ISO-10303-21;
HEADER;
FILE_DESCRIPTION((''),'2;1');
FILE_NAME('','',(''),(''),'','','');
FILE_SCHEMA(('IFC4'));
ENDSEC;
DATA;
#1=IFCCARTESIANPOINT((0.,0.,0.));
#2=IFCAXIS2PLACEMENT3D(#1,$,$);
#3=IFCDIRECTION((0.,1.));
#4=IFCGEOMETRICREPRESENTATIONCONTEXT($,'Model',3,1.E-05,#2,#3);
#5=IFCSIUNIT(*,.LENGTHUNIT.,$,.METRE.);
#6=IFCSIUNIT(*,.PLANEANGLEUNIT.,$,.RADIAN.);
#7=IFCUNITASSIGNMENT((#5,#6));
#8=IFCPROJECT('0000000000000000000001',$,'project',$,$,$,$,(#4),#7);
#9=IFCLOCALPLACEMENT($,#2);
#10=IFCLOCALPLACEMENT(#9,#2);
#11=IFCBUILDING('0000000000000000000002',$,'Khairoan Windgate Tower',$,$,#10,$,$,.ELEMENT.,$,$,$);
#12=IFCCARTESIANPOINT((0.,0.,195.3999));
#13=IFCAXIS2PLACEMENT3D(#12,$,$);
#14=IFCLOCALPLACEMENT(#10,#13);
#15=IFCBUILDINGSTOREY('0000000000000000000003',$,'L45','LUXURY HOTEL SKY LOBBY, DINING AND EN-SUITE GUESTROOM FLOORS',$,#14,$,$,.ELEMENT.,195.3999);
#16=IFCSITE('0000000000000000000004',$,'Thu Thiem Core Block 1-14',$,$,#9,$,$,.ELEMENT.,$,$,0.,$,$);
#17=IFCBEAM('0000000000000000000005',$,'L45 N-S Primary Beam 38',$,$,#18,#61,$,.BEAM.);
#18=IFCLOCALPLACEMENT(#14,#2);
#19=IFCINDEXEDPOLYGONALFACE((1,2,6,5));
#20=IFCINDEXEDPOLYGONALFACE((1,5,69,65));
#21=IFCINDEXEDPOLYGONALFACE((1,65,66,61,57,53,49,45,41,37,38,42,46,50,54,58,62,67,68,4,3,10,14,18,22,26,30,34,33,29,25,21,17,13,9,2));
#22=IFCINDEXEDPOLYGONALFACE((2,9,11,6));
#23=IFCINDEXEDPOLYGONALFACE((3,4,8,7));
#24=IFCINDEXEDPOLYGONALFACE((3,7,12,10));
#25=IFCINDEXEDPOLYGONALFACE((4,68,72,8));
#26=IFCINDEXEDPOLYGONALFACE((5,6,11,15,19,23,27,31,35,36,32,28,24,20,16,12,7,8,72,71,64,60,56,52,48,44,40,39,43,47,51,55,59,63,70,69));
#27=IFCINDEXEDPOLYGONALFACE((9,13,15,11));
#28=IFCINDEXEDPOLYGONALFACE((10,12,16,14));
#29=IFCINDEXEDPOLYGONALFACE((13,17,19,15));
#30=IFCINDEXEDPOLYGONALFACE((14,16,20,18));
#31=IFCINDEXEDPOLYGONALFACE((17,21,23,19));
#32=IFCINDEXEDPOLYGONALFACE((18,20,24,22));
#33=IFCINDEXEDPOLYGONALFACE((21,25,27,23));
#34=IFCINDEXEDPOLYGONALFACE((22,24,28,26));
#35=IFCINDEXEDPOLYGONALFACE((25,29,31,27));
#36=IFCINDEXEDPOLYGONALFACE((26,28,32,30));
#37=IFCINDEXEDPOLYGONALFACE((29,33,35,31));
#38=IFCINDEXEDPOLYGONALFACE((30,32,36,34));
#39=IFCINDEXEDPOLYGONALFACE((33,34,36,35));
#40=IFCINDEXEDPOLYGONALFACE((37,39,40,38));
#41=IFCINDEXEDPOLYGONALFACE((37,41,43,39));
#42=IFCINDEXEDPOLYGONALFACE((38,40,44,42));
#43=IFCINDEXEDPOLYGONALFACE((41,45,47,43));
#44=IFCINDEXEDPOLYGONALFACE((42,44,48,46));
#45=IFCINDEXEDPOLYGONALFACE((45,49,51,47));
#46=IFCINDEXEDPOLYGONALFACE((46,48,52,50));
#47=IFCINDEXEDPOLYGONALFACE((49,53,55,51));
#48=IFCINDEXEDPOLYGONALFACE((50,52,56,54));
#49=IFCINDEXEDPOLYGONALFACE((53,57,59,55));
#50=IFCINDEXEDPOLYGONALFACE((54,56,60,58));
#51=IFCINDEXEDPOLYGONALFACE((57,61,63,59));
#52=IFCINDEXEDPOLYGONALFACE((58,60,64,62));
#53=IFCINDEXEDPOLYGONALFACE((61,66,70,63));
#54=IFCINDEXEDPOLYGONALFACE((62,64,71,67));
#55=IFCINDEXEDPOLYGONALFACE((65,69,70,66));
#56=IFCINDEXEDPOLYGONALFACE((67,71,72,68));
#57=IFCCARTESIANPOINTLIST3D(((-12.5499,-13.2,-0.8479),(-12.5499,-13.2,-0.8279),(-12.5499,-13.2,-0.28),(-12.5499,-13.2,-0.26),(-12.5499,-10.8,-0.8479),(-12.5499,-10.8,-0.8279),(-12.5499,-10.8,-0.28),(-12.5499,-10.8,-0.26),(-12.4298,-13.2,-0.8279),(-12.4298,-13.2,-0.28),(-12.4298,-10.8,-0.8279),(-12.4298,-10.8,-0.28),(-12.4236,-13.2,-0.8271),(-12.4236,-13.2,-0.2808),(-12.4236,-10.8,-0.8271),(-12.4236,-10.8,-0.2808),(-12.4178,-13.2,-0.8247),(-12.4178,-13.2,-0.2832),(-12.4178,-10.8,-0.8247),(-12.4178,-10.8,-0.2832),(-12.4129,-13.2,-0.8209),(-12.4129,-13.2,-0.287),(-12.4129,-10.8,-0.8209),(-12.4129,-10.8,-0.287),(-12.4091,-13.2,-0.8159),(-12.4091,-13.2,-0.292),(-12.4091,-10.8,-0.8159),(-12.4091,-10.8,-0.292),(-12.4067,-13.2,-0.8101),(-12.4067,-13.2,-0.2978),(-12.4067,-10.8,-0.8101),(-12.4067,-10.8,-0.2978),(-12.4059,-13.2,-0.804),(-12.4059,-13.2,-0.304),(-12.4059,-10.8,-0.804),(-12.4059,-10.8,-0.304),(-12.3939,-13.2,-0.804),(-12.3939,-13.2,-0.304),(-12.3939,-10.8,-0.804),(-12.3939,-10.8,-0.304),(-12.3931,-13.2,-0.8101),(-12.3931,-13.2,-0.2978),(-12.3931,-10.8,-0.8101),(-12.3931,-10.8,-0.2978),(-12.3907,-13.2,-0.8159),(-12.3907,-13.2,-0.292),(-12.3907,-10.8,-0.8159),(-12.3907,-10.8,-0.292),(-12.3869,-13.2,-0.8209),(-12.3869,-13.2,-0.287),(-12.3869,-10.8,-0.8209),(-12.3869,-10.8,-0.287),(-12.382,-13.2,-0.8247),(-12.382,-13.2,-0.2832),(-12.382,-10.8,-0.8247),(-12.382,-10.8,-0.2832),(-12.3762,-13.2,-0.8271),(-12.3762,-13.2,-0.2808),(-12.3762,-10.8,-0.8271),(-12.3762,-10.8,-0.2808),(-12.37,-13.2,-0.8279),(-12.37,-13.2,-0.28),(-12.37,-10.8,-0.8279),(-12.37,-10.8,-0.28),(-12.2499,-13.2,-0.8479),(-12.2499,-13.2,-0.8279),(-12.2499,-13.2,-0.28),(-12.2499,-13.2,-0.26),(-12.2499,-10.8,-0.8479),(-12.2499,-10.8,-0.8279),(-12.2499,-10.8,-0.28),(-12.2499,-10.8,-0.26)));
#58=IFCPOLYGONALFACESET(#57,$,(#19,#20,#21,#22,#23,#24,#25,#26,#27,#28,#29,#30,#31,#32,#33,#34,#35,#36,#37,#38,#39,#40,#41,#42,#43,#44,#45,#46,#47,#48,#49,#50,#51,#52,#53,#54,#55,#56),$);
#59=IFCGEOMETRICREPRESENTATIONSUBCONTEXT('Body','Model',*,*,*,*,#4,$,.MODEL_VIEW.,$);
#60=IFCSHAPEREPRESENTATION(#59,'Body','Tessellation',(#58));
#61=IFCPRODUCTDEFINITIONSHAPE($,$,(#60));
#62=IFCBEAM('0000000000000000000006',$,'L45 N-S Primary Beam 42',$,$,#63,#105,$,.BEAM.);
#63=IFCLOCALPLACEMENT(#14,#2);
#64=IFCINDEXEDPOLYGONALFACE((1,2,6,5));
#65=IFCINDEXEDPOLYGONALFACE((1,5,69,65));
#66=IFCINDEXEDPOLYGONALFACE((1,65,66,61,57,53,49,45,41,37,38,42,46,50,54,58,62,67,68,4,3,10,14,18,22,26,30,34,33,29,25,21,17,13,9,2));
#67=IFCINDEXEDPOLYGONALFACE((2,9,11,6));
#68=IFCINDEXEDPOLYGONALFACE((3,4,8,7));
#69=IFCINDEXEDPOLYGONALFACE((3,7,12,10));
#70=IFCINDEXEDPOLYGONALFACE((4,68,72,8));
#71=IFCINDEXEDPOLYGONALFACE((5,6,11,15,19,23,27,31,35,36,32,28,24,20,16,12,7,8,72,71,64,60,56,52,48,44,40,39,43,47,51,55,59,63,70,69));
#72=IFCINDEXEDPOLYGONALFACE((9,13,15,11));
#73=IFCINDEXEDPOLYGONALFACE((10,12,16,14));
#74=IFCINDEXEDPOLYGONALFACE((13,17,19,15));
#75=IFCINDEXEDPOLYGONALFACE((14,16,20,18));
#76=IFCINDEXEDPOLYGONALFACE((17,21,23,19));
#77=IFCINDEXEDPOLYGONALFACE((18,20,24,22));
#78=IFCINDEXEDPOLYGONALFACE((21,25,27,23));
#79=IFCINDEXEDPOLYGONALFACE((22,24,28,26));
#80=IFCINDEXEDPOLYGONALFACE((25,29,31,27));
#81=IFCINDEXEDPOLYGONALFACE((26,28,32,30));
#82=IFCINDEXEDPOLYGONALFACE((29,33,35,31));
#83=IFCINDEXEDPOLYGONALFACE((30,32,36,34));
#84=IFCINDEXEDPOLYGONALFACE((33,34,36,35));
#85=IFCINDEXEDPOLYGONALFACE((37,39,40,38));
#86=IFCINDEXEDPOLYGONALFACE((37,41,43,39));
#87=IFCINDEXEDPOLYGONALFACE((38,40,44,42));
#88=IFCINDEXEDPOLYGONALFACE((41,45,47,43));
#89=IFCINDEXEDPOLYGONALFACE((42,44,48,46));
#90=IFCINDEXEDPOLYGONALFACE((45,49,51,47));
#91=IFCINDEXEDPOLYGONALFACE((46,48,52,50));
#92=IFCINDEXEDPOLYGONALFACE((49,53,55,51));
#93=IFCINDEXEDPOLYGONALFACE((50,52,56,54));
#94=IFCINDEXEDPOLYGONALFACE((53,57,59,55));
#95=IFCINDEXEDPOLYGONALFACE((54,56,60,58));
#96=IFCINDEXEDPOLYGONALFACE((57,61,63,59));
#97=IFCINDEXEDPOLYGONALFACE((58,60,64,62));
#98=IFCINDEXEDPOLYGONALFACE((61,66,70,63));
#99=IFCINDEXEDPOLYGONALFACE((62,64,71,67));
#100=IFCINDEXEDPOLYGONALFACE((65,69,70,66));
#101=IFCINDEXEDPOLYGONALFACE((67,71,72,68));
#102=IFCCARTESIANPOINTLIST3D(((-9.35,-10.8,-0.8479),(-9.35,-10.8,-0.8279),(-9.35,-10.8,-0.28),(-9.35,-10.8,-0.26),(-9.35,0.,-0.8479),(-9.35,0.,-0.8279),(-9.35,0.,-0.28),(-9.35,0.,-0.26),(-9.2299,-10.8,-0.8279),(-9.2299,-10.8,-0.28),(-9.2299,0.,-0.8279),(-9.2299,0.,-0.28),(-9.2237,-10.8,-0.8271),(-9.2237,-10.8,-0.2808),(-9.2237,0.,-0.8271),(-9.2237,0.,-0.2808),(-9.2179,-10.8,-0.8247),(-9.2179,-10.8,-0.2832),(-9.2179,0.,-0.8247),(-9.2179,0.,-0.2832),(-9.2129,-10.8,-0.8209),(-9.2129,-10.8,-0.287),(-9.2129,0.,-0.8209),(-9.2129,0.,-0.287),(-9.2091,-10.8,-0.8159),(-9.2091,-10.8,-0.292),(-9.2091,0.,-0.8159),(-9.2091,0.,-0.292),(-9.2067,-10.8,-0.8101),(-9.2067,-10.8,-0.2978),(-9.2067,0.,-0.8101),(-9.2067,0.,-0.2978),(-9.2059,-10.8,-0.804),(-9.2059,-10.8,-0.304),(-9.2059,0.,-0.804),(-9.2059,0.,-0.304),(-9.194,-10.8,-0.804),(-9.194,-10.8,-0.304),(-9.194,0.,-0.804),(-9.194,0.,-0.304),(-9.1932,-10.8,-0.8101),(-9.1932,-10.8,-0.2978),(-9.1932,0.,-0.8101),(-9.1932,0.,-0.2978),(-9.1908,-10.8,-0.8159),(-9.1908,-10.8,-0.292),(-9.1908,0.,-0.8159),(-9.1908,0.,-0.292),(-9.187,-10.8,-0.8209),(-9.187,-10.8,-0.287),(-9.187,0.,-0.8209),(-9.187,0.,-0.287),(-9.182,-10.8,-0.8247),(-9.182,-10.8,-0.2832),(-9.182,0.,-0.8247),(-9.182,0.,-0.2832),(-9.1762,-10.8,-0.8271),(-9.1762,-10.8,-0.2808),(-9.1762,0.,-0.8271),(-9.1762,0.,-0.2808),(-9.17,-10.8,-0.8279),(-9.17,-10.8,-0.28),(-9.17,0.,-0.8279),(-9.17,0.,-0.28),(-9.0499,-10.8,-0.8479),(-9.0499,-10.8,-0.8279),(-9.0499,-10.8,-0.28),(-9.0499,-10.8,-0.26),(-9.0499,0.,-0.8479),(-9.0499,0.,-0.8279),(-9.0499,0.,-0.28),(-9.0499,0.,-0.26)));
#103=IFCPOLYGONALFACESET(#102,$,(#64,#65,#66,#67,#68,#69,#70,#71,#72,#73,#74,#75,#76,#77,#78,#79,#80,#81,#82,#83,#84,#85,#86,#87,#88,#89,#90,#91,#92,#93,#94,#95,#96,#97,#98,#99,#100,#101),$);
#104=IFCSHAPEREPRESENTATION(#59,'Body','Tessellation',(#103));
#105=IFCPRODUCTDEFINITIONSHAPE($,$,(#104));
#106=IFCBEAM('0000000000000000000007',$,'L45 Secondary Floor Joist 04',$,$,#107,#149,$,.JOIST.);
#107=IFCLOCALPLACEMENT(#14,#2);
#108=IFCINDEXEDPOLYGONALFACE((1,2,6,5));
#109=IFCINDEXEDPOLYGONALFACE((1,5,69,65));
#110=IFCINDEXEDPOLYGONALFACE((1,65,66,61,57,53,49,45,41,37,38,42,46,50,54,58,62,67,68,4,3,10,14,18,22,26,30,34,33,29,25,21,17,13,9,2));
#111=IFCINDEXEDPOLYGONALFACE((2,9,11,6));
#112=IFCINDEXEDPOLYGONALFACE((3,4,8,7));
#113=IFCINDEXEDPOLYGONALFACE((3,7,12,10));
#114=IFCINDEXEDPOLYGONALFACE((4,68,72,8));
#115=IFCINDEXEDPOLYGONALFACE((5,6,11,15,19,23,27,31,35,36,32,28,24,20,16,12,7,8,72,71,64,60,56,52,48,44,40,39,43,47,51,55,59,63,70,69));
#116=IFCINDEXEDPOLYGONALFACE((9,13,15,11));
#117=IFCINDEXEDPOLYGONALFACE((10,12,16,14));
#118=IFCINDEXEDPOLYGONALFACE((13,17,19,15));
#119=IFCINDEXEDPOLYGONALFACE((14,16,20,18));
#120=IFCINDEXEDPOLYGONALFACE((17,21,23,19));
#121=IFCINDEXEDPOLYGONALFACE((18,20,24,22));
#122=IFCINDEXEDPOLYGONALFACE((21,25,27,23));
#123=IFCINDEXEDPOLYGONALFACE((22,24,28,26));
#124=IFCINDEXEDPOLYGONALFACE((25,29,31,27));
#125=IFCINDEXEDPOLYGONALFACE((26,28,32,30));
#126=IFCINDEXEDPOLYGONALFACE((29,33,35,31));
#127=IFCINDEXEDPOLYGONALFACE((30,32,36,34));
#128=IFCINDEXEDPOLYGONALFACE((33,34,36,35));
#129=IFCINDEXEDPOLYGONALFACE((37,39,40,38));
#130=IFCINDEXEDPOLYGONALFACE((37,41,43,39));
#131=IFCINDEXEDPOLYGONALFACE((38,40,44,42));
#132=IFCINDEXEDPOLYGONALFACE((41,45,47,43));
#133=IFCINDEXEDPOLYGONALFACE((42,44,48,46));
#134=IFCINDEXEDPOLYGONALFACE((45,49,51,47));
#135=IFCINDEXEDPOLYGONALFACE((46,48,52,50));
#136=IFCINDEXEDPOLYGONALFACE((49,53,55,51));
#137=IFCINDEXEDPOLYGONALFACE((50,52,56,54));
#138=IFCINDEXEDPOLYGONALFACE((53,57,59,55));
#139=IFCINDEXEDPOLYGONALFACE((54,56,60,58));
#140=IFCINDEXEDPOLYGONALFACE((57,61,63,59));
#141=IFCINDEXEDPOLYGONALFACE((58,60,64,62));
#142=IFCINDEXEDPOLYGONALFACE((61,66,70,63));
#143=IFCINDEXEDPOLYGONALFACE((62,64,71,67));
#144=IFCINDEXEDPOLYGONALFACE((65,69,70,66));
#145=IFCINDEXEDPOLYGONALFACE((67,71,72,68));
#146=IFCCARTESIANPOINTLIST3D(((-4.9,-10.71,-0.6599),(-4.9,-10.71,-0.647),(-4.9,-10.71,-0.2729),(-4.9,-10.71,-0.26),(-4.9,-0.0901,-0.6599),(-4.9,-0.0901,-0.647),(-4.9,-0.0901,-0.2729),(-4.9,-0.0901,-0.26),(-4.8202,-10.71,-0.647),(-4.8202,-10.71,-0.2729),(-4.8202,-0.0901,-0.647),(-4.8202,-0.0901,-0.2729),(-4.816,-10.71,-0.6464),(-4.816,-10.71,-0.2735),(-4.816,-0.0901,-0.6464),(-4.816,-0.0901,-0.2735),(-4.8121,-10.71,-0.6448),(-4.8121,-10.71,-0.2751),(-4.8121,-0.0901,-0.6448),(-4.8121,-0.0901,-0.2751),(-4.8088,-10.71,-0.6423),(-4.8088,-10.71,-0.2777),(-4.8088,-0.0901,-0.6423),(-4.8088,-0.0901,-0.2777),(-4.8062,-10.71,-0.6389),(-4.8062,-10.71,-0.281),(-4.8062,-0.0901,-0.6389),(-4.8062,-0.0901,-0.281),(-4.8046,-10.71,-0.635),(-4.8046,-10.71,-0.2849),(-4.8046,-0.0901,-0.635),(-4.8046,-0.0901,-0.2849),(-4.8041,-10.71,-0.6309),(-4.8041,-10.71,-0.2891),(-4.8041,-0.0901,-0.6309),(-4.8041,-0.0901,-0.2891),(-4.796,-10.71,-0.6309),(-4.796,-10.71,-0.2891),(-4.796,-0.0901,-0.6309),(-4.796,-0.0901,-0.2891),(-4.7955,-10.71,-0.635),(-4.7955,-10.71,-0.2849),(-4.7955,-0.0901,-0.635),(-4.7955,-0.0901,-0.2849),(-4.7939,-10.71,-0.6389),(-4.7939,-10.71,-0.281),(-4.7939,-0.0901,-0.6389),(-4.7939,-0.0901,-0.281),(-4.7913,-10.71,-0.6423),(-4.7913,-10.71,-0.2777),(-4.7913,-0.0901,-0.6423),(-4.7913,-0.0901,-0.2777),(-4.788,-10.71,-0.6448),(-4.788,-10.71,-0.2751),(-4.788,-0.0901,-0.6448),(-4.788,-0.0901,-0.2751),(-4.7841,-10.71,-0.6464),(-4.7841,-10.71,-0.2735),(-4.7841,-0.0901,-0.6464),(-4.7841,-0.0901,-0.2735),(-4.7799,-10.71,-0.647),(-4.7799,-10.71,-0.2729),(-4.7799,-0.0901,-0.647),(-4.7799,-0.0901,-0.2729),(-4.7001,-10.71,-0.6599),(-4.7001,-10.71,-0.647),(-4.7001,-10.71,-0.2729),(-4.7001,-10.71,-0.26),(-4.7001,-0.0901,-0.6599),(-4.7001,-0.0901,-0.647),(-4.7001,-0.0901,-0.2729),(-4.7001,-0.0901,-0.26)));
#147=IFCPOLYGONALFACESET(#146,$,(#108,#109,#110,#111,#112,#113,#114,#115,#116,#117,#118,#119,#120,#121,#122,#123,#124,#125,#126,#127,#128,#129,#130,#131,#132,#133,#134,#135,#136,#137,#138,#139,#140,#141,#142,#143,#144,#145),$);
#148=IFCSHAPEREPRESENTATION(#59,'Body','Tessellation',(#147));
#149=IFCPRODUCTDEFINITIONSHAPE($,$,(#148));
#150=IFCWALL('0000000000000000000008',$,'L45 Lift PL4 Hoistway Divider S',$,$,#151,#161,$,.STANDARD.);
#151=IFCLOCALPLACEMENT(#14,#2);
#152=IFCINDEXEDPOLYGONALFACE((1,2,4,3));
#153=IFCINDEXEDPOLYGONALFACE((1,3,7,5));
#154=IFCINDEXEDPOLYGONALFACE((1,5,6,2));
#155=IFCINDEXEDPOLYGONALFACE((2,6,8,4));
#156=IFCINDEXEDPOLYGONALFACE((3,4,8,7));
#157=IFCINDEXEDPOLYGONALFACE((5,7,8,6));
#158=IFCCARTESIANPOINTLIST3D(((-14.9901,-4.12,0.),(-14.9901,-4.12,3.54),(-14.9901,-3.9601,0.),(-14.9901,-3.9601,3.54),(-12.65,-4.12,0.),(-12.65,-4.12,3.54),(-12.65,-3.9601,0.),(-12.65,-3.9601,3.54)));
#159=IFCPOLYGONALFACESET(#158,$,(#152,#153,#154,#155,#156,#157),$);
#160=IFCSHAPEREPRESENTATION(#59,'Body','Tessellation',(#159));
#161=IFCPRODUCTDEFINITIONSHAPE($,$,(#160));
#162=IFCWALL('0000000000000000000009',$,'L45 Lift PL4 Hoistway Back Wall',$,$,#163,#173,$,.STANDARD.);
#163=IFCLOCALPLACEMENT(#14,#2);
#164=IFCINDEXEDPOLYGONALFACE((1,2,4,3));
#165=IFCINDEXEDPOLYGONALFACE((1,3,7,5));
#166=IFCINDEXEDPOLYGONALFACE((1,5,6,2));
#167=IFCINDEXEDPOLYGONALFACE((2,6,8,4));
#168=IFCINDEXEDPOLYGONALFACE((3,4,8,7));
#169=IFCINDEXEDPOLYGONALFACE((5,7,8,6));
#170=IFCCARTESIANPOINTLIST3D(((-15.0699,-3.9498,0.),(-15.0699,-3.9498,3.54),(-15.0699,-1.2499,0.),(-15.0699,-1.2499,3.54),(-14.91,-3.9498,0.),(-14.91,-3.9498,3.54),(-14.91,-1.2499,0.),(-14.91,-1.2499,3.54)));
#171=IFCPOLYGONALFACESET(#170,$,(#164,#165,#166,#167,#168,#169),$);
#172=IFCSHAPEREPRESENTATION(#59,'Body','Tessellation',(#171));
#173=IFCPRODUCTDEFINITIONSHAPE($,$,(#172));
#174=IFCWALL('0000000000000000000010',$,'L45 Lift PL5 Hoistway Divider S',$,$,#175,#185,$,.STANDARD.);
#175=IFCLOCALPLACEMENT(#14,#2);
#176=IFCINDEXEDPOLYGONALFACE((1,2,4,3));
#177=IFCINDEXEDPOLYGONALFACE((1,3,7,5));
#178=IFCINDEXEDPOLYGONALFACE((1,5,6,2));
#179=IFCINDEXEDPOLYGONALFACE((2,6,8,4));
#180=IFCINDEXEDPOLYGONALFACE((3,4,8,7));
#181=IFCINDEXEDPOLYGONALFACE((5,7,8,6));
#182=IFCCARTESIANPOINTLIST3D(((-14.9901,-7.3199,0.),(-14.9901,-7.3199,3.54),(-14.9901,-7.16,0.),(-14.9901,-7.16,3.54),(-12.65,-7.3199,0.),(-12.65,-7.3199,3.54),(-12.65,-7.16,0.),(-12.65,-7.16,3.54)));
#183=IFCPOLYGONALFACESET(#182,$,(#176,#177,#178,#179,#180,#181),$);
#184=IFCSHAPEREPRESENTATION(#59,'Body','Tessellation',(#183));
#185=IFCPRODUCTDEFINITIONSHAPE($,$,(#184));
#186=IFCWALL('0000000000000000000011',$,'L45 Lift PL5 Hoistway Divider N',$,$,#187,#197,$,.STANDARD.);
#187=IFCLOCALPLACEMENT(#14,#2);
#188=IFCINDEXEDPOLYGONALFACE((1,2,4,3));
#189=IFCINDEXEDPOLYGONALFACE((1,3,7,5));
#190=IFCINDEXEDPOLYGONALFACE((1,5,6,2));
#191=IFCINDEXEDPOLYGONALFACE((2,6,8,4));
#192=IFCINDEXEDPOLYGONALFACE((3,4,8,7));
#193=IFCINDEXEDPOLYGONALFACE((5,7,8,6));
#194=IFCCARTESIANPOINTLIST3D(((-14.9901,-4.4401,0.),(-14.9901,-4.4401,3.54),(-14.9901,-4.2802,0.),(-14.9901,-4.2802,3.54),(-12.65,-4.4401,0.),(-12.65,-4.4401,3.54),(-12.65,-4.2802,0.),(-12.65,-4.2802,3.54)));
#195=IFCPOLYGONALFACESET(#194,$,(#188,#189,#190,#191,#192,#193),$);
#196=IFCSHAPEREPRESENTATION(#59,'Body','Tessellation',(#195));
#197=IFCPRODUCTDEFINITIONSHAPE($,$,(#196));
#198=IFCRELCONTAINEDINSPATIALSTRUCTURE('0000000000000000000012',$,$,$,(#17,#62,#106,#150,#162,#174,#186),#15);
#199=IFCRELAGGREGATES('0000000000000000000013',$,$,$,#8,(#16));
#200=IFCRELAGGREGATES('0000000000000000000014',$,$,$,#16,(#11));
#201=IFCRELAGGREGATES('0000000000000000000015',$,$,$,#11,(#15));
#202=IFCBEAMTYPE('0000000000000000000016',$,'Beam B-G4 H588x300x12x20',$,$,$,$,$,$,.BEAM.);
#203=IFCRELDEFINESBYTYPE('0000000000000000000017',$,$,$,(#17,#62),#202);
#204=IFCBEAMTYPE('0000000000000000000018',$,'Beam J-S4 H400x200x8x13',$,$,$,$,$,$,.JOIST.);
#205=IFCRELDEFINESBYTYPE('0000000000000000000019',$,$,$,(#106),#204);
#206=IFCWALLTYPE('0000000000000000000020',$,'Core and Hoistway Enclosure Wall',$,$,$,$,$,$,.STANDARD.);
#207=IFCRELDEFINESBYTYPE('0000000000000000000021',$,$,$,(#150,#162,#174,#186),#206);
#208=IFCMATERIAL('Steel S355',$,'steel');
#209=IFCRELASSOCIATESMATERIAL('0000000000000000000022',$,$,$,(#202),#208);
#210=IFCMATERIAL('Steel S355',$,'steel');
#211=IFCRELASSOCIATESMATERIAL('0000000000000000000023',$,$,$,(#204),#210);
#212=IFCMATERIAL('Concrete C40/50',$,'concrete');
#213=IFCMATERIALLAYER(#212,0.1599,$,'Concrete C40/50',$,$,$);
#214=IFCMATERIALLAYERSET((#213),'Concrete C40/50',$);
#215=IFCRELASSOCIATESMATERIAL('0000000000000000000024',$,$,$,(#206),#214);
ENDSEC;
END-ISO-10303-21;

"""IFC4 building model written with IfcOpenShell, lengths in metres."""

from ifc_helpers import new_model, si_unit, direction, frame, frame_2d, origin, origin_2d, place, context, subcontext, project, spatial, rectangle, i_section, extrude, material, layer, layer_set, material_profile, profile_set, type_object, element, save


model = new_model("IFC4")

# Units and contexts
model_context = context("Model", 3, precision=1e-05, world=origin(), true_north=direction((0.0, 1.0)))
body_context = subcontext(model_context, "Body", "Model", "MODEL_VIEW")
ifc_project = project(units=[si_unit("LENGTHUNIT", "METRE"), si_unit("PLANEANGLEUNIT", "RADIAN")], contexts=[model_context])

# Site, building, storey
site_placement = place(None, origin())
site = spatial("IfcSite", under=ifc_project, at=site_placement, Name="Thu Thiem Core Block 1-14", CompositionType="ELEMENT", RefElevation=0.0)
building_placement = place(site_placement, origin())
building = spatial("IfcBuilding", under=site, at=building_placement, Name="Khairoan Windgate Tower", CompositionType="ELEMENT")
storey_placement = place(building_placement, frame((0.0, 0.0, 195.3999)))
storey = spatial("IfcBuildingStorey", under=building, at=storey_placement, Name="L45", Description="LUXURY HOTEL SKY LOBBY, DINING AND EN-SUITE GUESTROOM FLOORS", CompositionType="ELEMENT", Elevation=195.3999)

# Beams
ifc_material_1 = material(Name="Steel S355", Category="steel")
ifc_material_profile_1 = material_profile(ifc_material_1, i_section(OverallWidth=0.3, OverallDepth=0.5879, WebThickness=0.012, FlangeThickness=0.02, FilletRadius=0.0239, at=origin_2d()))
ifc_profile_set_1 = profile_set([ifc_material_profile_1], Name="Steel S355")
beam_type_1 = type_object("IfcBeamType", Name="Beam B-G4 H588x300x12x20", PredefinedType="BEAM", material=ifc_profile_set_1)
beam_1_placement = place(storey_placement, frame((-12.3999, -13.2, -0.554), z_axis=(0.0, 1.0, 0.0), x_axis=(-1.0, 0.0, 0.0)))
element("IfcBeam", 1, at=beam_1_placement, inside=storey, type_object=beam_type_1, Name="L45 N-S Primary Beam 38", PredefinedType="BEAM", context=body_context, shape_type="SweptSolid", body=[
    extrude(i_section(OverallWidth=0.3, OverallDepth=0.5879, WebThickness=0.012, FlangeThickness=0.02, FilletRadius=0.0239, at=origin_2d()), origin(), (0.0, 0.0, 1.0), 2.3999),
])
beam_2_placement = place(storey_placement, frame((-9.2, -10.8, -0.554), z_axis=(0.0, 1.0, 0.0), x_axis=(-1.0, 0.0, 0.0)))
element("IfcBeam", 2, at=beam_2_placement, inside=storey, type_object=beam_type_1, Name="L45 N-S Primary Beam 42", PredefinedType="BEAM", context=body_context, shape_type="SweptSolid", body=[
    extrude(i_section(OverallWidth=0.3, OverallDepth=0.5879, WebThickness=0.012, FlangeThickness=0.02, FilletRadius=0.0239, at=origin_2d()), origin(), (0.0, 0.0, 1.0), 10.8),
])
ifc_material_2 = material(Name="Steel S355", Category="steel")
ifc_material_profile_2 = material_profile(ifc_material_2, i_section(OverallWidth=0.2, OverallDepth=0.3999, WebThickness=0.0081, FlangeThickness=0.0129, FilletRadius=0.0161, at=origin_2d()))
ifc_profile_set_2 = profile_set([ifc_material_profile_2], Name="Steel S355")
beam_type_2 = type_object("IfcBeamType", Name="Beam J-S4 H400x200x8x13", PredefinedType="JOIST", material=ifc_profile_set_2)
beam_3_placement = place(storey_placement, frame((-4.8, -10.71, -0.46), z_axis=(0.0, 1.0, 0.0), x_axis=(-1.0, 0.0, 0.0)))
element("IfcBeam", 3, at=beam_3_placement, inside=storey, type_object=beam_type_2, Name="L45 Secondary Floor Joist 04", PredefinedType="JOIST", context=body_context, shape_type="SweptSolid", body=[
    extrude(i_section(OverallWidth=0.2, OverallDepth=0.3999, WebThickness=0.0081, FlangeThickness=0.0129, FilletRadius=0.0161, at=origin_2d()), origin(), (0.0, 0.0, 1.0), 10.6199),
])

# Walls
ifc_material_3 = material(Name="Concrete C40/50", Category="concrete")
ifc_layer_1 = layer(ifc_material_3, 0.1599, Name="Concrete C40/50")
ifc_layer_set_1 = layer_set([ifc_layer_1], Name="Concrete C40/50")
wall_type_1 = type_object("IfcWallType", Name="Core and Hoistway Enclosure Wall", PredefinedType="STANDARD", material=ifc_layer_set_1)
wall_1_placement = place(storey_placement, frame((-14.99, -4.04, 0.0), z_axis=(0.0, 0.0, 1.0), x_axis=(1.0, 0.0, 0.0)))
element("IfcWall", 4, at=wall_1_placement, inside=storey, type_object=wall_type_1, Name="L45 Lift PL4 Hoistway Divider S", PredefinedType="STANDARD", context=body_context, shape_type="SweptSolid", body=[
    extrude(rectangle(XDim=2.3401, YDim=0.1599, at=frame_2d((1.1699, 0.0))), origin(), (0.0, 0.0, 1.0), 3.54),
])
wall_2_placement = place(storey_placement, frame((-14.99, -3.95, 0.0), z_axis=(0.0, 0.0, 1.0), x_axis=(0.0, 1.0, 0.0)))
element("IfcWall", 5, at=wall_2_placement, inside=storey, type_object=wall_type_1, Name="L45 Lift PL4 Hoistway Back Wall", PredefinedType="STANDARD", context=body_context, shape_type="SweptSolid", body=[
    extrude(rectangle(XDim=2.7, YDim=0.1599, at=frame_2d((1.3501, 0.0))), origin(), (0.0, 0.0, 1.0), 3.54),
])
for number, where, z_axis, x_axis, name in (
    (6, (-14.99, -7.24, 0.0), (0.0, 0.0, 1.0), (1.0, 0.0, 0.0), "L45 Lift PL5 Hoistway Divider S"),
    (7, (-14.99, -4.3601, 0.0), (0.0, 0.0, 1.0), (1.0, 0.0, 0.0), "L45 Lift PL5 Hoistway Divider N"),
):
    element("IfcWall", number, at=place(storey_placement, frame(where, z_axis=z_axis, x_axis=x_axis)), inside=storey, type_object=wall_type_1, Name=name, PredefinedType="STANDARD", context=body_context, shape_type="SweptSolid", body=[
        extrude(rectangle(XDim=2.3401, YDim=0.1599, at=frame_2d((1.1699, 0.0))), origin(), (0.0, 0.0, 1.0), 3.54),
    ])

save(model, "model.ifc")
